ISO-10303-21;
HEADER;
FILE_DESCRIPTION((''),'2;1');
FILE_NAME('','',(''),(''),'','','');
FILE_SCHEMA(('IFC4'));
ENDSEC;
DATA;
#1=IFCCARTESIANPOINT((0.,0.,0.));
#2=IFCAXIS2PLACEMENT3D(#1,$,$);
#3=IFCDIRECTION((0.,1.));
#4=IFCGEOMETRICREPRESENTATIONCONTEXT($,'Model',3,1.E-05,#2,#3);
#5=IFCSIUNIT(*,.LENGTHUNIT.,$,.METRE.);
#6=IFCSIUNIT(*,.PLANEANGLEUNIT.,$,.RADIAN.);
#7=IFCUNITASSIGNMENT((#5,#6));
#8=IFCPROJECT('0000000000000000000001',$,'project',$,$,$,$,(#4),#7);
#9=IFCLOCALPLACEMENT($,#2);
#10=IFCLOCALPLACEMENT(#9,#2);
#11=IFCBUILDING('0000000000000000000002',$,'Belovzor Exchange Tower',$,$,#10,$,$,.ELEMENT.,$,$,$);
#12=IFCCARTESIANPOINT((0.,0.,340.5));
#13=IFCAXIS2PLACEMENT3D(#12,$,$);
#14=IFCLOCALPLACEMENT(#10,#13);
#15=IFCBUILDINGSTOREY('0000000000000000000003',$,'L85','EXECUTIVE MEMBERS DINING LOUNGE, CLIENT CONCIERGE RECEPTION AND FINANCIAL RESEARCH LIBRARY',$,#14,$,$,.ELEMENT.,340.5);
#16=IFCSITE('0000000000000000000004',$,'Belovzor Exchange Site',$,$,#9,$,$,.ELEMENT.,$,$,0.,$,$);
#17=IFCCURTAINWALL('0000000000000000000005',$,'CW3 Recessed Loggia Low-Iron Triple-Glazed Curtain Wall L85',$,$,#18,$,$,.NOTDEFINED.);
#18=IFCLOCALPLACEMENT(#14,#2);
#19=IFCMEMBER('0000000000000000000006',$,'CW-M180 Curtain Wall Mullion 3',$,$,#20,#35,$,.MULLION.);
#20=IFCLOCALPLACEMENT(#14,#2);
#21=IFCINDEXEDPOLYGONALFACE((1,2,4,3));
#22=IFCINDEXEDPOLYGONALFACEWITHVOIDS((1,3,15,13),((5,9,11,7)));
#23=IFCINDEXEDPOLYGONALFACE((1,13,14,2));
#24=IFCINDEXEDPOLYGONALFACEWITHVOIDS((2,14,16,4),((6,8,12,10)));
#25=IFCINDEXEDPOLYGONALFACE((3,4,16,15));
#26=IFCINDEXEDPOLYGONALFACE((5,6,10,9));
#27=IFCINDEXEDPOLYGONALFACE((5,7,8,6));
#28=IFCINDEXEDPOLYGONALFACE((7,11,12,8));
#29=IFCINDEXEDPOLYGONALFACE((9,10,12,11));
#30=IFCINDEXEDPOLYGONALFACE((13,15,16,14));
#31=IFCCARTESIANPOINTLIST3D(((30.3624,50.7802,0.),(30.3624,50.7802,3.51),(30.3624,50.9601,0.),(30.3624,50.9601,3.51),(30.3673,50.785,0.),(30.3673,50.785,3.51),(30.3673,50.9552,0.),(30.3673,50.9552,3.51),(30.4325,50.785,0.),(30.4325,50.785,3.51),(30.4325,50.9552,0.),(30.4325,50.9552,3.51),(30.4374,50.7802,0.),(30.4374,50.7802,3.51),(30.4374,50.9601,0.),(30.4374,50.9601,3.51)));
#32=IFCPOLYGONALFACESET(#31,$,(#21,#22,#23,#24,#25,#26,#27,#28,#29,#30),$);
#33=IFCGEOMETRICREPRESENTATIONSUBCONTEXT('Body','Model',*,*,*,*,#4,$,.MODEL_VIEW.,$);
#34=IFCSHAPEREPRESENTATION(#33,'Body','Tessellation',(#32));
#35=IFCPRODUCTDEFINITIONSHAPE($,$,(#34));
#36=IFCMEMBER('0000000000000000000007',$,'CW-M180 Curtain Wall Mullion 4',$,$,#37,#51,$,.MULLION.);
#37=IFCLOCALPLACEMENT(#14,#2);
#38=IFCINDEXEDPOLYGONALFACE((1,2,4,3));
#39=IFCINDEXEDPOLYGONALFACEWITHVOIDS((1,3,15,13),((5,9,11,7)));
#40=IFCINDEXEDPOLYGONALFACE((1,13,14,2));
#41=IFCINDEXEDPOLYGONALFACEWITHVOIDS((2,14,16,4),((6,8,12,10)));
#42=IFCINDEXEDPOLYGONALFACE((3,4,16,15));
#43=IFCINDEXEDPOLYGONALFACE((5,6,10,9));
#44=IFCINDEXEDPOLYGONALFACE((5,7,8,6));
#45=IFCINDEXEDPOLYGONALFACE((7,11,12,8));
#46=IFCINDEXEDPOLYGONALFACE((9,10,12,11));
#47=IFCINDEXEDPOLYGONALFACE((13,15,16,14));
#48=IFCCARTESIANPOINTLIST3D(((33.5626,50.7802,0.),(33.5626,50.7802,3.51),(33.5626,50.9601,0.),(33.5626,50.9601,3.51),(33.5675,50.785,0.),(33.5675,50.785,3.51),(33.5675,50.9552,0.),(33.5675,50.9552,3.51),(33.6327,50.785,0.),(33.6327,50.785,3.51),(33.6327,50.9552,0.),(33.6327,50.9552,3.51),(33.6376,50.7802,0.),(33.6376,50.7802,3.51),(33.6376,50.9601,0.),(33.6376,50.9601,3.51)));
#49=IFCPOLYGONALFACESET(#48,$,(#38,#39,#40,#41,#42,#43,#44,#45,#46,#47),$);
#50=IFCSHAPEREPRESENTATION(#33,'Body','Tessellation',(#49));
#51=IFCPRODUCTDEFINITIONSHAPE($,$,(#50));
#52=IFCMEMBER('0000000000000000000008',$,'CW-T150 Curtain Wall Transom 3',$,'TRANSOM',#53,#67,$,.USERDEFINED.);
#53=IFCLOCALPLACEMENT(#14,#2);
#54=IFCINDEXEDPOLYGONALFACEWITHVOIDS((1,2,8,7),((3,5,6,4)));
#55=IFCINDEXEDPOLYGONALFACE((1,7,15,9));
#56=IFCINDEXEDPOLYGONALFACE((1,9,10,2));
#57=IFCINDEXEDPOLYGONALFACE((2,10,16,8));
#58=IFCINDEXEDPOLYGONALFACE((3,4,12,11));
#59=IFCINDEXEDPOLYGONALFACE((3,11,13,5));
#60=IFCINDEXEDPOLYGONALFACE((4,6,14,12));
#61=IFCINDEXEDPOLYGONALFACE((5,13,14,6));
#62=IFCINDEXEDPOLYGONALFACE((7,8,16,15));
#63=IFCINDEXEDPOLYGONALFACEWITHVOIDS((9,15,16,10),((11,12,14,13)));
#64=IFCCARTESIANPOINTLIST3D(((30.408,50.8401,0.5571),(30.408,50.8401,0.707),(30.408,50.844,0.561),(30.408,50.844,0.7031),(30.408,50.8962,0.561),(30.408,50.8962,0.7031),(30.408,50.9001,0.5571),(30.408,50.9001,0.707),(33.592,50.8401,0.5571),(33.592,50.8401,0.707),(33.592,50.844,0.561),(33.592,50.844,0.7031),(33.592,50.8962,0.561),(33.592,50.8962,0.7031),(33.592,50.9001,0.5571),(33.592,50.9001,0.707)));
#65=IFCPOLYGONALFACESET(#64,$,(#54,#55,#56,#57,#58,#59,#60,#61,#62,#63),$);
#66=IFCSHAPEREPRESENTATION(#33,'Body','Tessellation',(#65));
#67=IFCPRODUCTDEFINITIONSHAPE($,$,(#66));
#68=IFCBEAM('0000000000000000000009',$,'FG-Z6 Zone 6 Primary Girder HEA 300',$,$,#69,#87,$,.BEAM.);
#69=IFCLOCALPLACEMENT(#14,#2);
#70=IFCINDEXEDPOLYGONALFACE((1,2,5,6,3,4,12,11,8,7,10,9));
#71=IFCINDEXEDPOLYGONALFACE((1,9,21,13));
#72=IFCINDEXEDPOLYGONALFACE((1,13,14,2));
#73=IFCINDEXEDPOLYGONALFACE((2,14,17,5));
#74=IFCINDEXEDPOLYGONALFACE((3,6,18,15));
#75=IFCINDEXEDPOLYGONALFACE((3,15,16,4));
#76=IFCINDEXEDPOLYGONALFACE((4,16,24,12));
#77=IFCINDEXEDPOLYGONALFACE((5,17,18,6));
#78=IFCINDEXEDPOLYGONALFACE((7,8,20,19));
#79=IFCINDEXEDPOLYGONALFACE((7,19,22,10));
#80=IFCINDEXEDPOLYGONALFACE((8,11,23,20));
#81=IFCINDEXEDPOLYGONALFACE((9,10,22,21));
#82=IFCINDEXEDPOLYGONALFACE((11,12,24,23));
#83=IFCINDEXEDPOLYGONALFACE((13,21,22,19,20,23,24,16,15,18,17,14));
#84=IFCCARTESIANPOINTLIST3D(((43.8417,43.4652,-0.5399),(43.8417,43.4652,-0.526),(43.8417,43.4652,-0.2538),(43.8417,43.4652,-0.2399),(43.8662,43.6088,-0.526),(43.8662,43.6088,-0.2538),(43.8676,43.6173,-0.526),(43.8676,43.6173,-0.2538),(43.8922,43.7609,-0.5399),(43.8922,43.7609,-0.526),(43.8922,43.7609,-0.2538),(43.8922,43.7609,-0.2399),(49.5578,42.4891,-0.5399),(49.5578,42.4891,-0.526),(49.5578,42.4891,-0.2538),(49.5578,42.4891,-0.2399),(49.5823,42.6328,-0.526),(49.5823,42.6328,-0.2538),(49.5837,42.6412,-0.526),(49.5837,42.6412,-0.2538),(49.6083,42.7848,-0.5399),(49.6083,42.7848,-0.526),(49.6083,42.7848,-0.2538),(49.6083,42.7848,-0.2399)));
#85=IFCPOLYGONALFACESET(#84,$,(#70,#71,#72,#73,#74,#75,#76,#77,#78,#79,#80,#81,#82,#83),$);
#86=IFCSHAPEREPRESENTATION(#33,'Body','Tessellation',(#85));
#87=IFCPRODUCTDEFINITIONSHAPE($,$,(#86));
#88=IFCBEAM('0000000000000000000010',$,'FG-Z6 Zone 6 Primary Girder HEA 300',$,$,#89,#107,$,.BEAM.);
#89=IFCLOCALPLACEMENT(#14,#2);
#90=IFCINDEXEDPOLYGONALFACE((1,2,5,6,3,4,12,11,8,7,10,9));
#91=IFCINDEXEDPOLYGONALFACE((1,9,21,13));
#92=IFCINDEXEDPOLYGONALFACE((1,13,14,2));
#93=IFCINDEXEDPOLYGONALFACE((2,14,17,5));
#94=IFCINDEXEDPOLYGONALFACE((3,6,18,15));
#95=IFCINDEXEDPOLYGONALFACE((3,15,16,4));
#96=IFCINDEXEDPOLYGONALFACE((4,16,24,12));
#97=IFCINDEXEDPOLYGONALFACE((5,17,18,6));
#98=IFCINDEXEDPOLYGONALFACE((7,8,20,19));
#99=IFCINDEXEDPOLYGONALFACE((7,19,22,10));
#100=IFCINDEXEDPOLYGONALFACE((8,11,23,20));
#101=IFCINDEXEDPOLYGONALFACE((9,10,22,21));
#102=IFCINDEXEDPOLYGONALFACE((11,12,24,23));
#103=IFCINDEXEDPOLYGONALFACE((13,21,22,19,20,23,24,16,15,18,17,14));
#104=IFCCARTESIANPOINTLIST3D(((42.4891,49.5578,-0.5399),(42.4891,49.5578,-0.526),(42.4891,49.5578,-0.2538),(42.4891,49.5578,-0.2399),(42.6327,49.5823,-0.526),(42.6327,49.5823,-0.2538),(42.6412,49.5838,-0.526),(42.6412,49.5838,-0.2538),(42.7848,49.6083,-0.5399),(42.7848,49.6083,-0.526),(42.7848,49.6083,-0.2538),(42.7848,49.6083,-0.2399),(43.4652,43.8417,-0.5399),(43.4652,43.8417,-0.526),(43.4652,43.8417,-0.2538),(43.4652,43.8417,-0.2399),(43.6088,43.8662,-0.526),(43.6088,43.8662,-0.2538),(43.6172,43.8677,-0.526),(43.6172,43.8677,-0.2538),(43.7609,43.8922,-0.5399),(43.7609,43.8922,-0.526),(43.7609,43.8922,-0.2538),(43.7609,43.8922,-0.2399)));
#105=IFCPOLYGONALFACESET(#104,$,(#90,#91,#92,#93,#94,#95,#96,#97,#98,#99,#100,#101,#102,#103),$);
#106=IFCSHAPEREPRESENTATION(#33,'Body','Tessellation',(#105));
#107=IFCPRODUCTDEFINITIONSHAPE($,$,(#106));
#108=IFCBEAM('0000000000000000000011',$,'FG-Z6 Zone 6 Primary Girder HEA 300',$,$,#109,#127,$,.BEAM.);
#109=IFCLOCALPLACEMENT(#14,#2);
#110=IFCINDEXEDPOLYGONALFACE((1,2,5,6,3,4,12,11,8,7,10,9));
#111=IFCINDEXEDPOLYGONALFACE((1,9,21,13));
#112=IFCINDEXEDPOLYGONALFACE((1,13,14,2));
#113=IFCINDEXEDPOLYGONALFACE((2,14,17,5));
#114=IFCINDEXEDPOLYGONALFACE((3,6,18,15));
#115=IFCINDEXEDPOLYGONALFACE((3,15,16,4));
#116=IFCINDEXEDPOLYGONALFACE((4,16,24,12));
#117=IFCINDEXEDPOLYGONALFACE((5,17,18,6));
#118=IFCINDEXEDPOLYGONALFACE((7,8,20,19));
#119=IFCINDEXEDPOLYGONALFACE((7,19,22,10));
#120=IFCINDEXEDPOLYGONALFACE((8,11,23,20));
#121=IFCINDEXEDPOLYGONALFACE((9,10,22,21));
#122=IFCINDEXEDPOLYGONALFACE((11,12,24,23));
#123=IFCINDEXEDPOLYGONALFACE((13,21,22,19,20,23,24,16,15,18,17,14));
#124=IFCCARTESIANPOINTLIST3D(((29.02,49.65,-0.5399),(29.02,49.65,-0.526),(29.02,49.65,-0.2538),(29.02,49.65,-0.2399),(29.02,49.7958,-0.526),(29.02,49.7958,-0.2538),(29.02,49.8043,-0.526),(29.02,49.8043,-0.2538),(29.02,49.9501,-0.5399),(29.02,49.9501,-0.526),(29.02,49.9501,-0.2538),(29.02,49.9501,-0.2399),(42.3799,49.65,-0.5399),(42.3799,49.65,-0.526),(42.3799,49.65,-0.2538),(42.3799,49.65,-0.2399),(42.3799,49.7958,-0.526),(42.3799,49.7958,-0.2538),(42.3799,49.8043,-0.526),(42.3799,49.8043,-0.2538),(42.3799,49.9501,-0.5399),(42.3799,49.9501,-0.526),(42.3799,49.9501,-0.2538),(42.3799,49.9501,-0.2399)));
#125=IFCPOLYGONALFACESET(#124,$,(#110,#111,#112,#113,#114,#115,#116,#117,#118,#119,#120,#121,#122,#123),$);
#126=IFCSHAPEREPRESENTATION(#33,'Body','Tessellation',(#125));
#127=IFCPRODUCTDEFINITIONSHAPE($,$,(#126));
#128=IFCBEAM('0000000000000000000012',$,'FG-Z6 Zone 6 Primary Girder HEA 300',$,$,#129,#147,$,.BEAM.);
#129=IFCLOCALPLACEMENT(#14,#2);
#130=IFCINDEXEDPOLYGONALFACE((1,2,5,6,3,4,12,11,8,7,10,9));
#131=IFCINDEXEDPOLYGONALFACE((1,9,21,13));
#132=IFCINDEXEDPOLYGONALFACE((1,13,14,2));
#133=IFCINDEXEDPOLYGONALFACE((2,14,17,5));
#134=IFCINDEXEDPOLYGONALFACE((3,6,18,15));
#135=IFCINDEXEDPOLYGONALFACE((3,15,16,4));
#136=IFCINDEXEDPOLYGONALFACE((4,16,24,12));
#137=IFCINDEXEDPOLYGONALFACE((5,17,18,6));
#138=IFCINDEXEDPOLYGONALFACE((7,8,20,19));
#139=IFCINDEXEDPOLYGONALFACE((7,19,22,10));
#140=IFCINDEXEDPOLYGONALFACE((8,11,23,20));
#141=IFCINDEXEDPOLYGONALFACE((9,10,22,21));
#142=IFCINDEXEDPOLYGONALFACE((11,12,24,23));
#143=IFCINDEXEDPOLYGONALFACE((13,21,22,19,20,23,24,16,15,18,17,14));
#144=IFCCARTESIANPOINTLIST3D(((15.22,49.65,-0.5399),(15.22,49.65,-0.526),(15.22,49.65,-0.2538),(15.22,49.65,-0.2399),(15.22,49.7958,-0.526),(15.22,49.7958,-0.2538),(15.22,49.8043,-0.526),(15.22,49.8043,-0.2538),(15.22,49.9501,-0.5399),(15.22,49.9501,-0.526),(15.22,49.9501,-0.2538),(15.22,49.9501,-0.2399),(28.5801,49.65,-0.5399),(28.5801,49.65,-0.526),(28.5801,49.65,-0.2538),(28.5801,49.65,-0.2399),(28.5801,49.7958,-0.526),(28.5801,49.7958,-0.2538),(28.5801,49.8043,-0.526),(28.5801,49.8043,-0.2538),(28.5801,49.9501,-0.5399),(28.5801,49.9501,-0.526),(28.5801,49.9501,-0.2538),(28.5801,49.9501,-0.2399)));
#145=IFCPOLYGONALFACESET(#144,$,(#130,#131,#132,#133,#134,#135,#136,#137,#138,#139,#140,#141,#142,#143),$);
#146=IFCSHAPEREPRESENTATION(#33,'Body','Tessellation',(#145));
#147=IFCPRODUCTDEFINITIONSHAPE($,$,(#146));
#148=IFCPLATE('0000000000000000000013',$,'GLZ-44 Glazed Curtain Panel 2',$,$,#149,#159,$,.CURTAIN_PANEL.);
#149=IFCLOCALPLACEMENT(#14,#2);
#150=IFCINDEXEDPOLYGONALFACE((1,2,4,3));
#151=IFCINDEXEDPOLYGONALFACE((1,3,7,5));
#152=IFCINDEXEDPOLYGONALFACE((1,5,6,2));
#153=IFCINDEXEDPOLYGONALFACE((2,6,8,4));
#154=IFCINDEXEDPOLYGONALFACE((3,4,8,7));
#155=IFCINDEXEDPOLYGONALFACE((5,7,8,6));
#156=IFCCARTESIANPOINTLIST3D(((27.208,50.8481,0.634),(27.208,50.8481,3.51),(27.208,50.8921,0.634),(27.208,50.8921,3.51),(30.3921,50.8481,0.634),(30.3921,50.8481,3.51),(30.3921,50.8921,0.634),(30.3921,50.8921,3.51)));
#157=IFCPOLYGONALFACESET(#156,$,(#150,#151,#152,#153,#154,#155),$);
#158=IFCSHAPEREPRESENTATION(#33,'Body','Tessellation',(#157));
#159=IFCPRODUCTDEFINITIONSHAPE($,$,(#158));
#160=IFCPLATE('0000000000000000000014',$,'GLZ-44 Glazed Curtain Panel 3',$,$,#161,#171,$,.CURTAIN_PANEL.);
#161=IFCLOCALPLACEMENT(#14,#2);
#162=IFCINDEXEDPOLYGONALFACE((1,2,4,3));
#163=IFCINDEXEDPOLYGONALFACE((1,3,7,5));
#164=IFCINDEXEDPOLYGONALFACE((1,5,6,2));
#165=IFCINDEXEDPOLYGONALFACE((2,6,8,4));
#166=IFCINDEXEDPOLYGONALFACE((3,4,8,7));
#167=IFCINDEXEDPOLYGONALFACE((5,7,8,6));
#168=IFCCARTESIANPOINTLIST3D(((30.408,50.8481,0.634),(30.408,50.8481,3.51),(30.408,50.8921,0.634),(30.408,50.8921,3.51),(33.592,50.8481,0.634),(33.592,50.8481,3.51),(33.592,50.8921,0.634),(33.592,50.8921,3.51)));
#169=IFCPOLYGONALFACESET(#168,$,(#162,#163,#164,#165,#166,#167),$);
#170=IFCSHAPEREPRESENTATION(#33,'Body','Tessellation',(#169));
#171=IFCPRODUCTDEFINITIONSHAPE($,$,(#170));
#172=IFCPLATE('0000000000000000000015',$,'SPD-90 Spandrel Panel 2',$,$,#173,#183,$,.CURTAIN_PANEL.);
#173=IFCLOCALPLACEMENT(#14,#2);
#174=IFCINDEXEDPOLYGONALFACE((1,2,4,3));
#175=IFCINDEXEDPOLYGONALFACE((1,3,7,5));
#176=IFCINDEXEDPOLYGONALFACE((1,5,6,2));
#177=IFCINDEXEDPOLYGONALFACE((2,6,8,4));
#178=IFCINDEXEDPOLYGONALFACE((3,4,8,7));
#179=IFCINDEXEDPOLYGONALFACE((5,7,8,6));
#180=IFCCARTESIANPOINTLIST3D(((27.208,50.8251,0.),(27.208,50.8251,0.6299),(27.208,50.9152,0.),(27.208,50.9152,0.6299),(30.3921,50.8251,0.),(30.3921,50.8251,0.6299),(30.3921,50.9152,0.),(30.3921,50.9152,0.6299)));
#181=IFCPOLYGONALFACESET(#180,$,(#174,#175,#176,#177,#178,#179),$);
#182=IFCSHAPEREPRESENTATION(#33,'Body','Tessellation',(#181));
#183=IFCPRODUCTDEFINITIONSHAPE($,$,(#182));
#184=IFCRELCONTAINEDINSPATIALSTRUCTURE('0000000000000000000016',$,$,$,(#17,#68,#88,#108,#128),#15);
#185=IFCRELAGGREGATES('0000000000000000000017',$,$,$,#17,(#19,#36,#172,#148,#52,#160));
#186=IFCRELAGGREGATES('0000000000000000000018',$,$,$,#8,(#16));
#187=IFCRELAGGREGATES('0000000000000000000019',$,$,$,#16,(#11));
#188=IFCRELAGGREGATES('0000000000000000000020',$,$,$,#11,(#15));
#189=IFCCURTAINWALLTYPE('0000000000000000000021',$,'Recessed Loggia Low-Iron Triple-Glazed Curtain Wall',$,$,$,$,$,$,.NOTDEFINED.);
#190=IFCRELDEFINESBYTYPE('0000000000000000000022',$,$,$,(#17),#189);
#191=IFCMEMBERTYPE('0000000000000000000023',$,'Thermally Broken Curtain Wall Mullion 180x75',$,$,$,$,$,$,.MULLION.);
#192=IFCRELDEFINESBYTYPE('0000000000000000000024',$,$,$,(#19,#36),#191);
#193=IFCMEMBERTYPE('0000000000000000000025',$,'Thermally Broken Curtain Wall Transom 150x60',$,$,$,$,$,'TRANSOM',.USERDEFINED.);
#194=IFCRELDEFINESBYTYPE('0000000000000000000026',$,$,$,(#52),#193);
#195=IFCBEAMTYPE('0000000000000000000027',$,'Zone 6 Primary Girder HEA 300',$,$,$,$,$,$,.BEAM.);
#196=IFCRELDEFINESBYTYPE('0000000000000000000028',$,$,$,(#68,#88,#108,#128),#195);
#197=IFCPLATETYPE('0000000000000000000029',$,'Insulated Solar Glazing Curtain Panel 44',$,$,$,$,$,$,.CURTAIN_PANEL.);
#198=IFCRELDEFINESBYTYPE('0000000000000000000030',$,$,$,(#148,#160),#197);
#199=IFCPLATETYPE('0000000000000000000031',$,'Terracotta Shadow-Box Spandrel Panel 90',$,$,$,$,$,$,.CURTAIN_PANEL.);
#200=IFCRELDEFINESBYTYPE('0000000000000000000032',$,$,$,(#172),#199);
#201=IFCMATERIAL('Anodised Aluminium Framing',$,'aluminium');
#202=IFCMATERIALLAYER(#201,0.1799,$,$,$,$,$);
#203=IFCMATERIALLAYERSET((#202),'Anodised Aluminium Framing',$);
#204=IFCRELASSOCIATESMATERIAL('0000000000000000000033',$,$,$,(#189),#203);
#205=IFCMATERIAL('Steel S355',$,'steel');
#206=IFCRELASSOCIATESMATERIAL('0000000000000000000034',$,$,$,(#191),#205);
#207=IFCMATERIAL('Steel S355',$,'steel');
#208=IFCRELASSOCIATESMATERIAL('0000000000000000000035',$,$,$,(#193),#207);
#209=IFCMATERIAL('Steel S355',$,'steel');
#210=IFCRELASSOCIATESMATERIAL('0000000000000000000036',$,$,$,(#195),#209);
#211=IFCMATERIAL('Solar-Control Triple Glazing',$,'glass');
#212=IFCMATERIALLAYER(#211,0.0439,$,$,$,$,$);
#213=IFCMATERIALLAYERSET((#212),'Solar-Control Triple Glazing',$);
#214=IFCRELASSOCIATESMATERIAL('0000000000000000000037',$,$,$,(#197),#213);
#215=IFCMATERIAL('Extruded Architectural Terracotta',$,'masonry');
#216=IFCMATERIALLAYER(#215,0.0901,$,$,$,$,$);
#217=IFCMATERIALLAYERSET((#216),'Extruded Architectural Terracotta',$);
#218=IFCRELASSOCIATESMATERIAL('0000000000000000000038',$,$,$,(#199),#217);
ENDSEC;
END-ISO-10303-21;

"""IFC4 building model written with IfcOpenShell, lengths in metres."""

from ifc_helpers import new_model, si_unit, direction, frame, origin, origin_2d, place, context, subcontext, project, spatial, rectangle, hollow_rectangle, i_section, extrude, material, layer, layer_set, material_profile, profile_set, type_object, element, aggregate, save


model = new_model("IFC4")

# Units and contexts
model_context = context("Model", 3, precision=1e-05, world=origin(), true_north=direction((0.0, 1.0)))
body_context = subcontext(model_context, "Body", "Model", "MODEL_VIEW")
ifc_project = project(units=[si_unit("LENGTHUNIT", "METRE"), si_unit("PLANEANGLEUNIT", "RADIAN")], contexts=[model_context])

# Site, building, storey
site_placement = place(None, origin())
site = spatial("IfcSite", under=ifc_project, at=site_placement, Name="Belovzor Exchange Site", CompositionType="ELEMENT", RefElevation=0.0)
building_placement = place(site_placement, origin())
building = spatial("IfcBuilding", under=site, at=building_placement, Name="Belovzor Exchange Tower", CompositionType="ELEMENT")
storey_placement = place(building_placement, frame((0.0, 0.0, 340.5)))
storey = spatial("IfcBuildingStorey", under=building, at=storey_placement, Name="L85", Description="EXECUTIVE MEMBERS DINING LOUNGE, CLIENT CONCIERGE RECEPTION AND FINANCIAL RESEARCH LIBRARY", CompositionType="ELEMENT", Elevation=340.5)

# Curtain wall, members
ifc_material_1 = material(Name="Anodised Aluminium Framing", Category="aluminium")
ifc_layer_1 = layer(ifc_material_1, 0.1799)
ifc_layer_set_1 = layer_set([ifc_layer_1], Name="Anodised Aluminium Framing")
curtain_wall_type = type_object("IfcCurtainWallType", Name="Recessed Loggia Low-Iron Triple-Glazed Curtain Wall", PredefinedType="NOTDEFINED", material=ifc_layer_set_1)
curtain_wall_placement = place(storey_placement, origin())
curtain_wall = element("IfcCurtainWall", 1, at=curtain_wall_placement, inside=storey, type_object=curtain_wall_type, Name="CW3 Recessed Loggia Low-Iron Triple-Glazed Curtain Wall L85", PredefinedType="NOTDEFINED")
ifc_material_2 = material(Name="Steel S355", Category="steel")
ifc_material_profile_1 = material_profile(ifc_material_2, hollow_rectangle(XDim=0.075, YDim=0.1799, WallThickness=0.0049, at=origin_2d()))
ifc_profile_set_1 = profile_set([ifc_material_profile_1], Name="Steel S355")
member_type_1 = type_object("IfcMemberType", Name="Thermally Broken Curtain Wall Mullion 180x75", PredefinedType="MULLION", material=ifc_profile_set_1)
member_1_placement = place(storey_placement, frame((30.3999, 50.8701, 0.0), z_axis=(0.0, 0.0, 1.0), x_axis=(1.0, 0.0, 0.0)))
member_1 = element("IfcMember", 2, at=member_1_placement, type_object=member_type_1, Name="CW-M180 Curtain Wall Mullion 3", PredefinedType="MULLION", context=body_context, shape_type="SweptSolid", body=[
    extrude(hollow_rectangle(XDim=0.075, YDim=0.1799, WallThickness=0.0049, at=origin_2d()), origin(), (0.0, 0.0, 1.0), 3.51),
])
member_2_placement = place(storey_placement, frame((33.6001, 50.8701, 0.0), z_axis=(0.0, 0.0, 1.0), x_axis=(1.0, 0.0, 0.0)))
member_2 = element("IfcMember", 3, at=member_2_placement, type_object=member_type_1, Name="CW-M180 Curtain Wall Mullion 4", PredefinedType="MULLION", context=body_context, shape_type="SweptSolid", body=[
    extrude(hollow_rectangle(XDim=0.075, YDim=0.1799, WallThickness=0.0049, at=origin_2d()), origin(), (0.0, 0.0, 1.0), 3.51),
])
ifc_material_3 = material(Name="Steel S355", Category="steel")
ifc_material_profile_2 = material_profile(ifc_material_3, hollow_rectangle(XDim=0.0601, YDim=0.1499, WallThickness=0.0039, at=origin_2d()))
ifc_profile_set_2 = profile_set([ifc_material_profile_2], Name="Steel S355")
member_type_2 = type_object("IfcMemberType", Name="Thermally Broken Curtain Wall Transom 150x60", ElementType="TRANSOM", PredefinedType="USERDEFINED", material=ifc_profile_set_2)
member_3_placement = place(storey_placement, frame((30.408, 50.8701, 0.6321), z_axis=(1.0, 0.0, 0.0), x_axis=(0.0, 1.0, 0.0)))
member_3 = element("IfcMember", 4, at=member_3_placement, type_object=member_type_2, Name="CW-T150 Curtain Wall Transom 3", ObjectType="TRANSOM", PredefinedType="USERDEFINED", context=body_context, shape_type="SweptSolid", body=[
    extrude(hollow_rectangle(XDim=0.0601, YDim=0.1499, WallThickness=0.0039, at=origin_2d()), origin(), (0.0, 0.0, 1.0), 3.1841),
])

# Beams
ifc_material_4 = material(Name="Steel S355", Category="steel")
ifc_material_profile_3 = material_profile(ifc_material_4, i_section(OverallWidth=0.3, OverallDepth=0.3, WebThickness=0.0085, FlangeThickness=0.0139, at=origin_2d()))
ifc_profile_set_3 = profile_set([ifc_material_profile_3], Name="Steel S355")
beam_type_1 = type_object("IfcBeamType", Name="Zone 6 Primary Girder HEA 300", PredefinedType="BEAM", material=ifc_profile_set_3)
for number, where, z_axis, x_axis, name in (
    (5, (49.583, 42.637, -0.3899), (-0.985732, 0.168323, 0.0), (-0.168323, -0.985732, 0.0), "FG-Z6 Zone 6 Primary Girder HEA 300"),
    (6, (43.613, 43.8669, -0.3899), (-0.168323, 0.985732, 0.0), (-0.985732, -0.168323, 0.0), "FG-Z6 Zone 6 Primary Girder HEA 300"),
):
    element("IfcBeam", number, at=place(storey_placement, frame(where, z_axis=z_axis, x_axis=x_axis)), inside=storey, type_object=beam_type_1, Name=name, PredefinedType="BEAM", context=body_context, shape_type="SweptSolid", body=[
        extrude(i_section(OverallWidth=0.3, OverallDepth=0.3, WebThickness=0.0085, FlangeThickness=0.0139, at=origin_2d()), origin(), (0.0, 0.0, 1.0), 5.7988),
    ])
beam_1_placement = place(storey_placement, frame((42.3799, 49.8, -0.3899), z_axis=(-1.0, 0.0, 0.0), x_axis=(0.0, -1.0, 0.0)))
element("IfcBeam", 7, at=beam_1_placement, inside=storey, type_object=beam_type_1, Name="FG-Z6 Zone 6 Primary Girder HEA 300", PredefinedType="BEAM", context=body_context, shape_type="SweptSolid", body=[
    extrude(i_section(OverallWidth=0.3, OverallDepth=0.3, WebThickness=0.0085, FlangeThickness=0.0139, at=origin_2d()), origin(), (0.0, 0.0, 1.0), 13.3599),
])
beam_2_placement = place(storey_placement, frame((28.5801, 49.8, -0.3899), z_axis=(-1.0, 0.0, 0.0), x_axis=(0.0, -1.0, 0.0)))
element("IfcBeam", 8, at=beam_2_placement, inside=storey, type_object=beam_type_1, Name="FG-Z6 Zone 6 Primary Girder HEA 300", PredefinedType="BEAM", context=body_context, shape_type="SweptSolid", body=[
    extrude(i_section(OverallWidth=0.3, OverallDepth=0.3, WebThickness=0.0085, FlangeThickness=0.0139, at=origin_2d()), origin(), (0.0, 0.0, 1.0), 13.3601),
])

# Plates
ifc_material_5 = material(Name="Solar-Control Triple Glazing", Category="glass")
ifc_layer_2 = layer(ifc_material_5, 0.0439)
ifc_layer_set_2 = layer_set([ifc_layer_2], Name="Solar-Control Triple Glazing")
plate_type_1 = type_object("IfcPlateType", Name="Insulated Solar Glazing Curtain Panel 44", PredefinedType="CURTAIN_PANEL", material=ifc_layer_set_2)
plate_1_placement = place(storey_placement, frame((28.8, 50.8701, 0.634), z_axis=(0.0, 0.0, 1.0), x_axis=(1.0, 0.0, 0.0)))
plate_1 = element("IfcPlate", 9, at=plate_1_placement, type_object=plate_type_1, Name="GLZ-44 Glazed Curtain Panel 2", PredefinedType="CURTAIN_PANEL", context=body_context, shape_type="SweptSolid", body=[
    extrude(rectangle(XDim=3.1841, YDim=0.0439, at=origin_2d()), origin(), (0.0, 0.0, 1.0), 2.876),
])
plate_2_placement = place(storey_placement, frame((32.0, 50.8701, 0.634), z_axis=(0.0, 0.0, 1.0), x_axis=(1.0, 0.0, 0.0)))
plate_2 = element("IfcPlate", 10, at=plate_2_placement, type_object=plate_type_1, Name="GLZ-44 Glazed Curtain Panel 3", PredefinedType="CURTAIN_PANEL", context=body_context, shape_type="SweptSolid", body=[
    extrude(rectangle(XDim=3.1841, YDim=0.0439, at=origin_2d()), origin(), (0.0, 0.0, 1.0), 2.876),
])
ifc_material_6 = material(Name="Extruded Architectural Terracotta", Category="masonry")
ifc_layer_3 = layer(ifc_material_6, 0.0901)
ifc_layer_set_3 = layer_set([ifc_layer_3], Name="Extruded Architectural Terracotta")
plate_type_2 = type_object("IfcPlateType", Name="Terracotta Shadow-Box Spandrel Panel 90", PredefinedType="CURTAIN_PANEL", material=ifc_layer_set_3)
plate_3_placement = place(storey_placement, frame((28.8, 50.8701, 0.0), z_axis=(0.0, 0.0, 1.0), x_axis=(1.0, 0.0, 0.0)))
plate_3 = element("IfcPlate", 11, at=plate_3_placement, type_object=plate_type_2, Name="SPD-90 Spandrel Panel 2", PredefinedType="CURTAIN_PANEL", context=body_context, shape_type="SweptSolid", body=[
    extrude(rectangle(XDim=3.1841, YDim=0.0901, at=origin_2d()), origin(), (0.0, 0.0, 1.0), 0.6299),
])
aggregate(curtain_wall, [member_1, member_2, plate_3, plate_1, member_3, plate_2])

save(model, "model.ifc")
